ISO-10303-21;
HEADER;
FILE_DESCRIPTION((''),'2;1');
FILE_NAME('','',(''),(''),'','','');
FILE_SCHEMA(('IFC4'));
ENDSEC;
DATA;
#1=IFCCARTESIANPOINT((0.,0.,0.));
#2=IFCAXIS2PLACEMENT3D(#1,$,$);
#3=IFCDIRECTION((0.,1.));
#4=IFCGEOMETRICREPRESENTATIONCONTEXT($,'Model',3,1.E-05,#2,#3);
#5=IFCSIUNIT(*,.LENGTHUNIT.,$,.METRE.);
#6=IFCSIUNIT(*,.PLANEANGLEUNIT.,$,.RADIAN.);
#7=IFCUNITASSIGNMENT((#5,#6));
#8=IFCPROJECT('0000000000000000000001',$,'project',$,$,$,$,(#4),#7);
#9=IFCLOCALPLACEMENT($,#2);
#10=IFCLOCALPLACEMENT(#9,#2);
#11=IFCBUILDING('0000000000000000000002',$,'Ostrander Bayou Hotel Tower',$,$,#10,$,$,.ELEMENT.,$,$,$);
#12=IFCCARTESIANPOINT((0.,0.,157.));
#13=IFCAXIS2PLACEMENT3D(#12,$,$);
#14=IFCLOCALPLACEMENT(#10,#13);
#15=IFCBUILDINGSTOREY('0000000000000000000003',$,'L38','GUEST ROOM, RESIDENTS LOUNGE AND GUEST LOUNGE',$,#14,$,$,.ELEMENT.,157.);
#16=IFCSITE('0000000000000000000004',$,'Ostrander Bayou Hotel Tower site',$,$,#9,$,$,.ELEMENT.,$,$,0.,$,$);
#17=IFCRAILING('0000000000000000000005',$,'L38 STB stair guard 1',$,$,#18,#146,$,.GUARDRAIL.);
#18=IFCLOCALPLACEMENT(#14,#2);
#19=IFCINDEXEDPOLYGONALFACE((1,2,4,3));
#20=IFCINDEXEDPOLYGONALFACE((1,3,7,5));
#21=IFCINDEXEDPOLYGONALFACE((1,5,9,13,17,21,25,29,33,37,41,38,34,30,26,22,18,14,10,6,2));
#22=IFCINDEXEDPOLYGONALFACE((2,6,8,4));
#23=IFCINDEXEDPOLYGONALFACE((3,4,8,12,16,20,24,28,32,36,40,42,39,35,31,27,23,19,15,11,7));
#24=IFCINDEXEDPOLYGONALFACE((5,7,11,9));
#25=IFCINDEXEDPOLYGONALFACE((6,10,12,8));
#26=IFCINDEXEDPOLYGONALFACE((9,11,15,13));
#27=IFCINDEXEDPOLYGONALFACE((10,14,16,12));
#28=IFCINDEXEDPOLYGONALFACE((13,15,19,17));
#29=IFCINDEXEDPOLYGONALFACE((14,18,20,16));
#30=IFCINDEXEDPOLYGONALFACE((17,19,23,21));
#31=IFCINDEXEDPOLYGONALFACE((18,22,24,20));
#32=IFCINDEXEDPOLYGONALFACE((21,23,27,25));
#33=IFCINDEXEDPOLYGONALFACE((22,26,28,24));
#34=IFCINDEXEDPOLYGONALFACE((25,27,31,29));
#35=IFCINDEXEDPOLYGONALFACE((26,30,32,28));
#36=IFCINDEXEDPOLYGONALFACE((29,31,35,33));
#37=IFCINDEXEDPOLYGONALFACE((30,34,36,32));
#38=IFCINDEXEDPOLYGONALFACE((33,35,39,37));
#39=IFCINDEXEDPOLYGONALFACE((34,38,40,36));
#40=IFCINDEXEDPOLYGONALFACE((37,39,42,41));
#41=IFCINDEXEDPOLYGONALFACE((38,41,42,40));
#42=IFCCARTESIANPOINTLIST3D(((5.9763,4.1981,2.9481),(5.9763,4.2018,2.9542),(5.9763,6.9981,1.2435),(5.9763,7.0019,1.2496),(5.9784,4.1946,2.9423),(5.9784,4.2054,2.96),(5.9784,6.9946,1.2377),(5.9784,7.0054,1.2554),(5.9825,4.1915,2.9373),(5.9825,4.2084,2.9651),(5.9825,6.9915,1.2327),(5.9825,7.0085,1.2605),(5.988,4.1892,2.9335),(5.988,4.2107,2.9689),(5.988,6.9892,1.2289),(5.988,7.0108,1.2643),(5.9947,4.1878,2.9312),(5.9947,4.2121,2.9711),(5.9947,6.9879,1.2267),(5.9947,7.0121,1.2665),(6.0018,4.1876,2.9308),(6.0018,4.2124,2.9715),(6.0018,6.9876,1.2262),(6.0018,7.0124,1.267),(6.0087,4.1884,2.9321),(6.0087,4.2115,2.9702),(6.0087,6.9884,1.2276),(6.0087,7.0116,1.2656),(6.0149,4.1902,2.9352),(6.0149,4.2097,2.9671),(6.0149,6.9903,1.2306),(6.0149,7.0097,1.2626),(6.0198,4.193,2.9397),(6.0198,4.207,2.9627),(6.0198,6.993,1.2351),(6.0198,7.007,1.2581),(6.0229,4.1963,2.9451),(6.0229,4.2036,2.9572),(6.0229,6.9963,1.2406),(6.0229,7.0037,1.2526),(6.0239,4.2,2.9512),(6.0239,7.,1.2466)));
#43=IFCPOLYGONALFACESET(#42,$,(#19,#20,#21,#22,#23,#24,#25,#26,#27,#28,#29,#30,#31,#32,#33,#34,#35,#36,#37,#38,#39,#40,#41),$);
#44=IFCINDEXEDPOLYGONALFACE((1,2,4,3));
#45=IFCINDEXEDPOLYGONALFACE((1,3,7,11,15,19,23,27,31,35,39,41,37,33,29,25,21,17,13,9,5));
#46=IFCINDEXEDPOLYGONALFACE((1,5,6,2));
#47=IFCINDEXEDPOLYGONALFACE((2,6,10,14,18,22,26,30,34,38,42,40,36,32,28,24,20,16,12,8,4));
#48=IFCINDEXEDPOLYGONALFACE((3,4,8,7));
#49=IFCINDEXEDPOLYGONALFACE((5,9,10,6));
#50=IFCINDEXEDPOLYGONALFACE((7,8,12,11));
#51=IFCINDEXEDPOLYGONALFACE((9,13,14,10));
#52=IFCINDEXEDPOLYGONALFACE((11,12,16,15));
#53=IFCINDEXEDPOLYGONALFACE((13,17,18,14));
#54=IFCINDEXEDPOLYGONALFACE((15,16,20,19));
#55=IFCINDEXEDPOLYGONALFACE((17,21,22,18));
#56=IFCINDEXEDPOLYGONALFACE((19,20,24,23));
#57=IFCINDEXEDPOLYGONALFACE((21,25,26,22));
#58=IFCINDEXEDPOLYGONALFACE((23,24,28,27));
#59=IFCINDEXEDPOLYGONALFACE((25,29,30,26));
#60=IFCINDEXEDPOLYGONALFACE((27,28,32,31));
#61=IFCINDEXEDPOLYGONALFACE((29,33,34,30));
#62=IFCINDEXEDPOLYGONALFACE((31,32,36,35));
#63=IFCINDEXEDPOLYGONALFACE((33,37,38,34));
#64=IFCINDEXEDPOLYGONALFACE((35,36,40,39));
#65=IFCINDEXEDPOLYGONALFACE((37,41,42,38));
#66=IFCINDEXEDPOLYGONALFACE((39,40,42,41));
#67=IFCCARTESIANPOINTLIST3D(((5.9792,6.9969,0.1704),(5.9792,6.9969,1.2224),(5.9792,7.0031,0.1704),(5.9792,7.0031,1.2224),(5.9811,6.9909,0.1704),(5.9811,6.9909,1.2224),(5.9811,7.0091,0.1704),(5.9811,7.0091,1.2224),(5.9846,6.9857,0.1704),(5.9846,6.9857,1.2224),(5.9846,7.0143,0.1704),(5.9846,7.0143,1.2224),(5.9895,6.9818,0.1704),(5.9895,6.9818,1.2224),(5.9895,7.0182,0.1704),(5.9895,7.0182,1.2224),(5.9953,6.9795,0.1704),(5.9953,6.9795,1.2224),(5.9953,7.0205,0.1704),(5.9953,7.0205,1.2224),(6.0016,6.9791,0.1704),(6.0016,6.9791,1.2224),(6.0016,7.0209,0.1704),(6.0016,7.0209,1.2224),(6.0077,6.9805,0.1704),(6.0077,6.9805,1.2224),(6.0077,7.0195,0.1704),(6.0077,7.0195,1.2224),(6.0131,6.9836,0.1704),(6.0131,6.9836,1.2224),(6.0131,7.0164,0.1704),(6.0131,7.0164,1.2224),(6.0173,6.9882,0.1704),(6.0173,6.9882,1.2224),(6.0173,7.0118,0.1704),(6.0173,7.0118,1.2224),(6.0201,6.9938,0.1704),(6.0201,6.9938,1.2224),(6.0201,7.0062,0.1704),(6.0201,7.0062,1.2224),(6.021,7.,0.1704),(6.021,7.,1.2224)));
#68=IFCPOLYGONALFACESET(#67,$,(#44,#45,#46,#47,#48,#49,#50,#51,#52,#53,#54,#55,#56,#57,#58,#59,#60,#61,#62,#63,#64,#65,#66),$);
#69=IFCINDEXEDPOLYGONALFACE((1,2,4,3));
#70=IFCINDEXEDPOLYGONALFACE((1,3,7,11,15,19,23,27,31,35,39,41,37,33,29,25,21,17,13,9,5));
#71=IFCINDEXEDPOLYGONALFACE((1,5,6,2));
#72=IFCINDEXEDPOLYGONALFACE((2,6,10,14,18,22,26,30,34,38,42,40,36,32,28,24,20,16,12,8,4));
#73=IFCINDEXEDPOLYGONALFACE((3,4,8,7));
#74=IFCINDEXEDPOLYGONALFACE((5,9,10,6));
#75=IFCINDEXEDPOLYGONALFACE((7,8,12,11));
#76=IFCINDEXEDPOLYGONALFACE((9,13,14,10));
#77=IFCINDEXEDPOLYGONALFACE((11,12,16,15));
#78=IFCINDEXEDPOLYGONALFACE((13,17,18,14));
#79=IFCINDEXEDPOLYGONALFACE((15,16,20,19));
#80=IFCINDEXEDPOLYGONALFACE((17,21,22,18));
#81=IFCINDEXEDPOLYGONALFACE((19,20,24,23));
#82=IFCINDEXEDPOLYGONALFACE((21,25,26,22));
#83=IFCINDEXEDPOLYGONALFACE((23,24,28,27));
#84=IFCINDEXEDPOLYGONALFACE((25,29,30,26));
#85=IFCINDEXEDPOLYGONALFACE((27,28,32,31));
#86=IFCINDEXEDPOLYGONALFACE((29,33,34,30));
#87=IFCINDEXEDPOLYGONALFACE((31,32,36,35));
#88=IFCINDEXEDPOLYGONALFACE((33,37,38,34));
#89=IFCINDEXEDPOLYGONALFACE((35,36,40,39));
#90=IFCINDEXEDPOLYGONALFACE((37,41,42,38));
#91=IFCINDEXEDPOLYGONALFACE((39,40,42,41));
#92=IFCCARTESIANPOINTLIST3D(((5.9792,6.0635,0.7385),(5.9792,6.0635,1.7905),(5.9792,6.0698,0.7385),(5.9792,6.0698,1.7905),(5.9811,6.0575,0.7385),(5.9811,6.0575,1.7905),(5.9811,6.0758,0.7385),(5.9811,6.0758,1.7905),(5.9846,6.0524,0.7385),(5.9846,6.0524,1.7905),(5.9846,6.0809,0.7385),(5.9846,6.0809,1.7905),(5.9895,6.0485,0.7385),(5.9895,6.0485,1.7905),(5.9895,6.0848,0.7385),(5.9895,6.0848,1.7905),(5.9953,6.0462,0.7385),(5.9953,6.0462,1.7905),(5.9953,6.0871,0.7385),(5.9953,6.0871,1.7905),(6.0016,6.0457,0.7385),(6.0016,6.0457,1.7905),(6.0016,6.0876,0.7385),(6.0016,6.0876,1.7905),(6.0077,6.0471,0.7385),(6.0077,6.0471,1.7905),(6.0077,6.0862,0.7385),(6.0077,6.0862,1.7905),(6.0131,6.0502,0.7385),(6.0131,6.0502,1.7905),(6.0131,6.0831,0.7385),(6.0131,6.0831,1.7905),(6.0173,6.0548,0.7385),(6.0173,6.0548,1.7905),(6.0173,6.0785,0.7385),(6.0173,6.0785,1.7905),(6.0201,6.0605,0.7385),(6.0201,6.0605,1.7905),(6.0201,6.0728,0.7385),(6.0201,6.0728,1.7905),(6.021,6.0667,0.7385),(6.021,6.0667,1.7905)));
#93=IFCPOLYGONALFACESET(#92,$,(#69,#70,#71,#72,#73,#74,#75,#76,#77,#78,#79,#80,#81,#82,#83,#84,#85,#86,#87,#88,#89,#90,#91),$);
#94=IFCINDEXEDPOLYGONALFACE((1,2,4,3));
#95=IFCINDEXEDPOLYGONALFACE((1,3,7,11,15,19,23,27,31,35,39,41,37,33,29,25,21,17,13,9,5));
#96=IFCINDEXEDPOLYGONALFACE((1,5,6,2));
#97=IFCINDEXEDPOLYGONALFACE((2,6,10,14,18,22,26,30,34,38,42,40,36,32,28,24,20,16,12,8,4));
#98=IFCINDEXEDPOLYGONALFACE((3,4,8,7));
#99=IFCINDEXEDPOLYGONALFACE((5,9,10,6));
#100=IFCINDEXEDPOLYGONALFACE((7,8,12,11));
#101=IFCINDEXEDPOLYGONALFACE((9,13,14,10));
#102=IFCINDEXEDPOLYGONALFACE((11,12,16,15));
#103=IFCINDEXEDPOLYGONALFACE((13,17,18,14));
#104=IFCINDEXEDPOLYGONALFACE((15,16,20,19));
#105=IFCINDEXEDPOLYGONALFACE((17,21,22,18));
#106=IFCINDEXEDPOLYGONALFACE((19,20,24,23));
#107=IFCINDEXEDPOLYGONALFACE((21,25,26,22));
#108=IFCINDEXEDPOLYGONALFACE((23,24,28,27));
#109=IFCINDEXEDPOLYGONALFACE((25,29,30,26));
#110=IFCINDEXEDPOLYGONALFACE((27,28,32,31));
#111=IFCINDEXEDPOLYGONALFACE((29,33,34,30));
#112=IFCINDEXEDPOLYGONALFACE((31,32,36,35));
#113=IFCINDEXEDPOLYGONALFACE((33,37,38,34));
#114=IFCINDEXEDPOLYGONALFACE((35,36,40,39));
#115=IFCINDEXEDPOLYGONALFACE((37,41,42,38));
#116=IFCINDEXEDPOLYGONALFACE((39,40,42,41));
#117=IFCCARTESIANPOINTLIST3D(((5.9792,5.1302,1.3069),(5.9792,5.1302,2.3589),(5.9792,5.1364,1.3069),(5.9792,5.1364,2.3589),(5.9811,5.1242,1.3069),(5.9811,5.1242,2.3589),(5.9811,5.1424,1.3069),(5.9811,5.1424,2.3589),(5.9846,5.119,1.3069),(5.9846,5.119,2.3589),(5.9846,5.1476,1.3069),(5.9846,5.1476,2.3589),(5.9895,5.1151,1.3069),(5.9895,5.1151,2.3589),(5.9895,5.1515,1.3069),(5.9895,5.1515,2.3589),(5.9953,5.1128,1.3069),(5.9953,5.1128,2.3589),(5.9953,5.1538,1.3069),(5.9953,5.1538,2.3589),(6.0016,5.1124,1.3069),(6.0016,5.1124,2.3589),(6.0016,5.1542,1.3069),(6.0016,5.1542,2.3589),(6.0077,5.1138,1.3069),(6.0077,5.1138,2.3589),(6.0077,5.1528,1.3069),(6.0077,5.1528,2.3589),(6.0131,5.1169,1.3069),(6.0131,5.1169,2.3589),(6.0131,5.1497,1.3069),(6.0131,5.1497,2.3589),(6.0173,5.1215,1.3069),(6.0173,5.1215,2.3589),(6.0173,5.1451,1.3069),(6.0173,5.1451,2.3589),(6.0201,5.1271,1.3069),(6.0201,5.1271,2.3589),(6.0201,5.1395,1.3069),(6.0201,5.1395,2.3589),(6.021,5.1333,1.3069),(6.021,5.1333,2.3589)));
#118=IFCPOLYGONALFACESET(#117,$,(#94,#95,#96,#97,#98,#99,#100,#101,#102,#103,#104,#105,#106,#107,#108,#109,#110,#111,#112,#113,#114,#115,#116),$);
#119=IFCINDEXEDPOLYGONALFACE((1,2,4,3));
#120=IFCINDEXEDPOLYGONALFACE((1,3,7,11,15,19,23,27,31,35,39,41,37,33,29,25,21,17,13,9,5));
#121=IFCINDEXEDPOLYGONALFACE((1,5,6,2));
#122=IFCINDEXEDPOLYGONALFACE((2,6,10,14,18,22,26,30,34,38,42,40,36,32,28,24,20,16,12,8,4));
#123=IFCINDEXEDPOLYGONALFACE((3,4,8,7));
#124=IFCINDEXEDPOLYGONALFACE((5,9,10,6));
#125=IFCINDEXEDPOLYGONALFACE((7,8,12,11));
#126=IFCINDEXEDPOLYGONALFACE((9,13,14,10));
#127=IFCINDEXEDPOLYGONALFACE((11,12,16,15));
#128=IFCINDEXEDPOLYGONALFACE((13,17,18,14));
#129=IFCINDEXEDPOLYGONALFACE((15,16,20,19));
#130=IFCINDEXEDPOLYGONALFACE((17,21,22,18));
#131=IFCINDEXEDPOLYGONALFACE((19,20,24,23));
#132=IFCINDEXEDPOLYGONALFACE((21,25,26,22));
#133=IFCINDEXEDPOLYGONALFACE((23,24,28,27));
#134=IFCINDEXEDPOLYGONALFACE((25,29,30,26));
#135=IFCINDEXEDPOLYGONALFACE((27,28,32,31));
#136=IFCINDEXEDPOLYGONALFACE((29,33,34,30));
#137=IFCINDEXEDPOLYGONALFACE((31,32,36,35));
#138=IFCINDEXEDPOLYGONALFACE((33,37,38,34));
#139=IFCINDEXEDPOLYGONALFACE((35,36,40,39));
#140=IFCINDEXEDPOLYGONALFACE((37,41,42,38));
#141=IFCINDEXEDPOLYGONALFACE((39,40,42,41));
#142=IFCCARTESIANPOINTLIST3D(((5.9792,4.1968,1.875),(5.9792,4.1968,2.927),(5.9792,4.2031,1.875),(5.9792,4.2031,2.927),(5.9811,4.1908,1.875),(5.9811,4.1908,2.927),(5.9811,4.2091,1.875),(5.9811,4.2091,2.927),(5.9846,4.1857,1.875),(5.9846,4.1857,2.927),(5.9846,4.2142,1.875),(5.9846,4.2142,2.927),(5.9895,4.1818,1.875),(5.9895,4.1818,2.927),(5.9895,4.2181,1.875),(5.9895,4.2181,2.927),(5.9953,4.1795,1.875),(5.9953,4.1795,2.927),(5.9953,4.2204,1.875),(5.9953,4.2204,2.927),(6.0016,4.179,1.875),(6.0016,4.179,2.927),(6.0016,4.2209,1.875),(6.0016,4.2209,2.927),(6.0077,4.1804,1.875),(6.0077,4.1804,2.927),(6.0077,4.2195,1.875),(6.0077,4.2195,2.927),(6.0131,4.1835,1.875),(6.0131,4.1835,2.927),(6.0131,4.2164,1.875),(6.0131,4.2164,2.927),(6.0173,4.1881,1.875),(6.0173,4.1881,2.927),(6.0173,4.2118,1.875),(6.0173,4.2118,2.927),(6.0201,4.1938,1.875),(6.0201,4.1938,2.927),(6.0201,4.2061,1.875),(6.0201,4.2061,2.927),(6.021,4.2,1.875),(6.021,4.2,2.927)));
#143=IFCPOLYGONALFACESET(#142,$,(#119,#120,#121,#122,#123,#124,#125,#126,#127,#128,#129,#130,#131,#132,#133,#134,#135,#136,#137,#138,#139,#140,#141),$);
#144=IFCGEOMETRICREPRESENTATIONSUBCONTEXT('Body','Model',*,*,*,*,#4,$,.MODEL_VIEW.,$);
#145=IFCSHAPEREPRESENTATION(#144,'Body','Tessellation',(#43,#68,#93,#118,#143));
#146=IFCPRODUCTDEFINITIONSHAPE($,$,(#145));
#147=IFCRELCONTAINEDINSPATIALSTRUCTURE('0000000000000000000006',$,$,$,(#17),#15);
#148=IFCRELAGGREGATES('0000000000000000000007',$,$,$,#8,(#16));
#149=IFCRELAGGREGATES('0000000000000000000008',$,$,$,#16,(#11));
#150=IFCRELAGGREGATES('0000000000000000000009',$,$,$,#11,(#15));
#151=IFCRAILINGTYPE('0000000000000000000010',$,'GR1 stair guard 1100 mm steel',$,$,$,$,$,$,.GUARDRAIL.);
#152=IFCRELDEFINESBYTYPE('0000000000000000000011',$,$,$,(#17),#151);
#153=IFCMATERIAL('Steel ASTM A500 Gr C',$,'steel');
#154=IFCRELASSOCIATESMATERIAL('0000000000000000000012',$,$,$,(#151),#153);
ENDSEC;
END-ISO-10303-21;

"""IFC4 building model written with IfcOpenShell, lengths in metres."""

from ifc_helpers import new_model, si_unit, direction, frame, origin, origin_2d, place, context, subcontext, project, spatial, circle, extrude, material, type_object, element, save


model = new_model("IFC4")

# Units and contexts
model_context = context("Model", 3, precision=1e-05, world=origin(), true_north=direction((0.0, 1.0)))
body_context = subcontext(model_context, "Body", "Model", "MODEL_VIEW")
ifc_project = project(units=[si_unit("LENGTHUNIT", "METRE"), si_unit("PLANEANGLEUNIT", "RADIAN")], contexts=[model_context])

# Site, building, storey
site_placement = place(None, origin())
site = spatial("IfcSite", under=ifc_project, at=site_placement, Name="Ostrander Bayou Hotel Tower site", CompositionType="ELEMENT", RefElevation=0.0)
building_placement = place(site_placement, origin())
building = spatial("IfcBuilding", under=site, at=building_placement, Name="Ostrander Bayou Hotel Tower", CompositionType="ELEMENT")
storey_placement = place(building_placement, frame((0.0, 0.0, 157.0)))
storey = spatial("IfcBuildingStorey", under=building, at=storey_placement, Name="L38", Description="GUEST ROOM, RESIDENTS LOUNGE AND GUEST LOUNGE", CompositionType="ELEMENT", Elevation=157.0)

# Railing
ifc_material_1 = material(Name="Steel ASTM A500 Gr C", Category="steel")
railing_type_1 = type_object("IfcRailingType", Name="GR1 stair guard 1100 mm steel", PredefinedType="GUARDRAIL", material=ifc_material_1)
railing_1_placement = place(storey_placement, frame((6.0, 7.0, 0.1704)))
element("IfcRailing", 1, at=railing_1_placement, inside=storey, type_object=railing_type_1, Name="L38 STB stair guard 1", PredefinedType="GUARDRAIL", context=body_context, shape_type="SweptSolid", body=[
    extrude(circle(Radius=0.0239, at=origin_2d()), frame((0.0, 0.0, 1.0762), z_axis=(0.0, -0.85417, 0.519994), x_axis=(1.0, 0.0, 0.0)), (0.0, 0.0, 1.0), 3.2781),
    extrude(circle(Radius=0.021, at=origin_2d()), origin(), (0.0, 0.0, 1.0), 1.052),
    extrude(circle(Radius=0.021, at=origin_2d()), frame((0.0, -0.9333, 0.5681)), (0.0, 0.0, 1.0), 1.052),
    extrude(circle(Radius=0.021, at=origin_2d()), frame((0.0, -1.8667, 1.1365)), (0.0, 0.0, 1.0), 1.052),
    extrude(circle(Radius=0.021, at=origin_2d()), frame((0.0, -2.8, 1.7046)), (0.0, 0.0, 1.0), 1.052),
])

save(model, "model.ifc")
